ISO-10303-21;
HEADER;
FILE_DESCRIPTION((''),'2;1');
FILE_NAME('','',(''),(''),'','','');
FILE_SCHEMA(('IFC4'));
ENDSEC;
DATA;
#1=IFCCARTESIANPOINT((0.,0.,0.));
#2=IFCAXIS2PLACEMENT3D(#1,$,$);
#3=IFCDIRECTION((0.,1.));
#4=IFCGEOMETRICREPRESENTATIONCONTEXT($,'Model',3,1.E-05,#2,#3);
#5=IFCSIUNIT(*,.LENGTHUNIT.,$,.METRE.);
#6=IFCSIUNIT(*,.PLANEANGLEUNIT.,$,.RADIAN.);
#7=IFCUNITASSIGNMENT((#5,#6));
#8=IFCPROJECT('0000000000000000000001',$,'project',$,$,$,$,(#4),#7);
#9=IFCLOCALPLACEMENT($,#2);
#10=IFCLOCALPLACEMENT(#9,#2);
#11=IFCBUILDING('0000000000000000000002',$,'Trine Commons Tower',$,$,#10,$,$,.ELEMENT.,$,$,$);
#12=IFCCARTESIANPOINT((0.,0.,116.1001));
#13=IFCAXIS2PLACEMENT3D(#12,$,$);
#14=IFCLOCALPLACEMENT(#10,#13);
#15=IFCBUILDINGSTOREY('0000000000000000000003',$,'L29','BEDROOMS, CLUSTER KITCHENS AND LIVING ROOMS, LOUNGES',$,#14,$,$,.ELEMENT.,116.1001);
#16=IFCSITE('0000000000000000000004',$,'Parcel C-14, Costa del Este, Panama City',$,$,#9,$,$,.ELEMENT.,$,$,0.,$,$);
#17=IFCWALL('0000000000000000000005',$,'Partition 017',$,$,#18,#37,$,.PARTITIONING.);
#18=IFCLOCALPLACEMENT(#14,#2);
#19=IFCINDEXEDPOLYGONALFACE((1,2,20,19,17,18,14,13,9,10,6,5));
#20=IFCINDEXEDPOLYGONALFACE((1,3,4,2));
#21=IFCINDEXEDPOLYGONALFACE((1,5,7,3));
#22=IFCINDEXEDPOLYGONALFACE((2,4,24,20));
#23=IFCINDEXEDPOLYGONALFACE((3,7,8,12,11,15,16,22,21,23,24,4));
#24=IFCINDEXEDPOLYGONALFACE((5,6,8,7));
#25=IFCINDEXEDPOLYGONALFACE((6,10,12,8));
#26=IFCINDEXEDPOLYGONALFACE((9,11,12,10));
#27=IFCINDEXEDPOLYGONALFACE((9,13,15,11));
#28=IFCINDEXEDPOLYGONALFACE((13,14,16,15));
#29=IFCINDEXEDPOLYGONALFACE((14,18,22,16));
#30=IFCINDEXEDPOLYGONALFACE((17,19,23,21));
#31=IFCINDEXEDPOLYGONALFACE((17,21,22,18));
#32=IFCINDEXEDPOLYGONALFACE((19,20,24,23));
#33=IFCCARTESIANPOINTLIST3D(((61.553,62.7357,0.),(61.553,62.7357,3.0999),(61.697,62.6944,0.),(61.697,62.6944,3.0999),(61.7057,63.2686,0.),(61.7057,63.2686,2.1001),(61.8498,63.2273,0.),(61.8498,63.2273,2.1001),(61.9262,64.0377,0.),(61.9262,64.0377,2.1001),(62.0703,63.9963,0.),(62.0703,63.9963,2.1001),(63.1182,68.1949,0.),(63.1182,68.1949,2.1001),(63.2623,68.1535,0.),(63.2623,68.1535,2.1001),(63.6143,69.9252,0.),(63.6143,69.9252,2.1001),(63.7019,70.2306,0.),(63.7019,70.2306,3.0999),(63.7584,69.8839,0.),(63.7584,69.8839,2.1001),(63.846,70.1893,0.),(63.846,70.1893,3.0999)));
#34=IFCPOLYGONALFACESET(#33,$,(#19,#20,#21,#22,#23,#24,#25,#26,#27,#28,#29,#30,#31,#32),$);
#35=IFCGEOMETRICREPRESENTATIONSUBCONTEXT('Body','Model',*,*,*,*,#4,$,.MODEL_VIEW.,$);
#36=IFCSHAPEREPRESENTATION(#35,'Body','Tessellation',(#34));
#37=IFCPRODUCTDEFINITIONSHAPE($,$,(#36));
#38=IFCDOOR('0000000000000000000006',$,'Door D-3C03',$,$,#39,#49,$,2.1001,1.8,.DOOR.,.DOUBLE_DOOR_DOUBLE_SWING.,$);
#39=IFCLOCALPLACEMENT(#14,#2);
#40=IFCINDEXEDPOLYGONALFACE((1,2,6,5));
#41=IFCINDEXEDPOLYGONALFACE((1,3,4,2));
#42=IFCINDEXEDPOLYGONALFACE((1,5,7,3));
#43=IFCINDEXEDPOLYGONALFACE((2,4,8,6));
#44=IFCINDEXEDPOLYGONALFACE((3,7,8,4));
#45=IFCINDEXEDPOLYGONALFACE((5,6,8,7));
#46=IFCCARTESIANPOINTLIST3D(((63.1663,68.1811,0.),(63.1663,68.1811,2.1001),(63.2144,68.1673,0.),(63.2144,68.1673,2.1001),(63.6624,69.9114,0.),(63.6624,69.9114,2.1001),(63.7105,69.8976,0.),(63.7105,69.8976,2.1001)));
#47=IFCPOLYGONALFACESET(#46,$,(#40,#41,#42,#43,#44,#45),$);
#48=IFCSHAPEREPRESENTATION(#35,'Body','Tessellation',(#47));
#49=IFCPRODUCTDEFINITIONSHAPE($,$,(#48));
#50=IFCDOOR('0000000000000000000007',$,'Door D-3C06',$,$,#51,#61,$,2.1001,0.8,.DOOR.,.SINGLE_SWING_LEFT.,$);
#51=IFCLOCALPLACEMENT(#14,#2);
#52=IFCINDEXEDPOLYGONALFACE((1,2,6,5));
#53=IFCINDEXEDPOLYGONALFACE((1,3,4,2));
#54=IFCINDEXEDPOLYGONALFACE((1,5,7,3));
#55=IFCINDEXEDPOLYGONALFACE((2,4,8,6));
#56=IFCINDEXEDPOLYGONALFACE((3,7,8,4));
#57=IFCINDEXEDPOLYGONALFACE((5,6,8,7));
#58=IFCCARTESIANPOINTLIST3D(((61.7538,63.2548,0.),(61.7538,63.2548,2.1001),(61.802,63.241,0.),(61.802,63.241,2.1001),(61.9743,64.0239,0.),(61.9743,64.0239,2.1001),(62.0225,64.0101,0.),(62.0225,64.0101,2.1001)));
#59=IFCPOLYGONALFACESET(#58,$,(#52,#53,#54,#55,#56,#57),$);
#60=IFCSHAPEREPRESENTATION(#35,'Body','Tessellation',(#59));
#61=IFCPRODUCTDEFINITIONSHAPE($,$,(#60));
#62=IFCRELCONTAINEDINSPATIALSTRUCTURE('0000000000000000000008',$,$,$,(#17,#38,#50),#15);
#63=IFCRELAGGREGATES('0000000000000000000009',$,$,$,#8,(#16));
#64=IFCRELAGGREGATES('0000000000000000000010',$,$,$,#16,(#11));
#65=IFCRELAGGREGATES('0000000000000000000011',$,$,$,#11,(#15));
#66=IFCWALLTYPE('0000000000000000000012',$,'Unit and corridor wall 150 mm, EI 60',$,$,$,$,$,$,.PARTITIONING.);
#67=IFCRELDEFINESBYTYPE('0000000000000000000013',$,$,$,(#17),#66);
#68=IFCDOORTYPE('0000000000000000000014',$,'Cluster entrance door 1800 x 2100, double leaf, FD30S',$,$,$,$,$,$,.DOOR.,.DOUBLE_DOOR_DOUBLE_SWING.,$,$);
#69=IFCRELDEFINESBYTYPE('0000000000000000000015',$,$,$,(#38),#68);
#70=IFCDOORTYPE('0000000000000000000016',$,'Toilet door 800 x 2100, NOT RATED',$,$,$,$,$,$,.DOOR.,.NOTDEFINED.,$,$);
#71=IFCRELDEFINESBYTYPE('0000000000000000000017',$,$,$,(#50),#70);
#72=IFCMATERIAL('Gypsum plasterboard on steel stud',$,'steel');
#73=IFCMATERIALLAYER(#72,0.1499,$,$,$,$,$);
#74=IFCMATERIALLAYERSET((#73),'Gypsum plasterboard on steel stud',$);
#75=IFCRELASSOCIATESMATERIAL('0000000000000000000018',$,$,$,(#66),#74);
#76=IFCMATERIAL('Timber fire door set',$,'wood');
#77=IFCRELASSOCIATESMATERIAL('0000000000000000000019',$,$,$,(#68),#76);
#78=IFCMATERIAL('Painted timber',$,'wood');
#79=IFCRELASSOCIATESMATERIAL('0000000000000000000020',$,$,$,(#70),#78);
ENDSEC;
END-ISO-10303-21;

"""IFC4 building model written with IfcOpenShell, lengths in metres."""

from ifc_helpers import new_model, si_unit, direction, frame, frame_2d, origin, place, context, subcontext, project, spatial, rectangle, extrude, material, layer, layer_set, type_object, element, fill, save


model = new_model("IFC4")

# Units and contexts
model_context = context("Model", 3, precision=1e-05, world=origin(), true_north=direction((0.0, 1.0)))
body_context = subcontext(model_context, "Body", "Model", "MODEL_VIEW")
ifc_project = project(units=[si_unit("LENGTHUNIT", "METRE"), si_unit("PLANEANGLEUNIT", "RADIAN")], contexts=[model_context])

# Site, building, storey
site_placement = place(None, origin())
site = spatial("IfcSite", under=ifc_project, at=site_placement, Name="Parcel C-14, Costa del Este, Panama City", CompositionType="ELEMENT", RefElevation=0.0)
building_placement = place(site_placement, origin())
building = spatial("IfcBuilding", under=site, at=building_placement, Name="Trine Commons Tower", CompositionType="ELEMENT")
storey_placement = place(building_placement, frame((0.0, 0.0, 116.1001)))
storey = spatial("IfcBuildingStorey", under=building, at=storey_placement, Name="L29", Description="BEDROOMS, CLUSTER KITCHENS AND LIVING ROOMS, LOUNGES", CompositionType="ELEMENT", Elevation=116.1001)

# Shared definitions
ifc_material_1 = material(Name="Gypsum plasterboard on steel stud", Category="steel")
ifc_layer_1 = layer(ifc_material_1, 0.1499)
ifc_layer_set_1 = layer_set([ifc_layer_1], Name="Gypsum plasterboard on steel stud")
wall_type_1 = type_object("IfcWallType", Name="Unit and corridor wall 150 mm, EI 60", PredefinedType="PARTITIONING", material=ifc_layer_set_1)

# Wall, openings, doors
wall_1_placement = place(storey_placement, frame((61.625, 62.7151, 0.0), z_axis=(0.0, 0.0, 1.0), x_axis=(0.275614, 0.961268, 0.0)))
wall_1 = element("IfcWall", 1, at=wall_1_placement, inside=storey, type_object=wall_type_1, Name="Partition 017", PredefinedType="PARTITIONING", context=body_context, shape_type="SweptSolid", body=[
    extrude(rectangle(XDim=7.7969, YDim=0.1499, at=frame_2d((3.8984, 0.0))), origin(), (0.0, 0.0, 1.0), 3.0999),
])
opening_1_placement = place(wall_1_placement, frame((5.6792, 0.0, 0.0)))
opening_1 = element("IfcOpeningElement", 2, at=opening_1_placement, cuts=wall_1, PredefinedType="OPENING", context=body_context, shape_type="SweptSolid", body=[
    extrude(rectangle(XDim=1.8, YDim=2.1001, at=frame_2d((0.8999, 1.05))), frame((0.0, 0.085, 0.0), z_axis=(0.0, -1.0, 0.0), x_axis=(1.0, 0.0, 0.0)), (0.0, 0.0, 1.0), 0.1699),
])
opening_2_placement = place(wall_1_placement, frame((0.5544, 0.0, 0.0)))
opening_2 = element("IfcOpeningElement", 3, at=opening_2_placement, cuts=wall_1, PredefinedType="OPENING", context=body_context, shape_type="SweptSolid", body=[
    extrude(rectangle(XDim=0.8, YDim=2.1001, at=frame_2d((0.3999, 1.05))), frame((0.0, 0.085, 0.0), z_axis=(0.0, -1.0, 0.0), x_axis=(1.0, 0.0, 0.0)), (0.0, 0.0, 1.0), 0.1699),
])
ifc_material_2 = material(Name="Timber fire door set", Category="wood")
door_type_1 = type_object("IfcDoorType", Name="Cluster entrance door 1800 x 2100, double leaf, FD30S", OperationType="DOUBLE_DOOR_DOUBLE_SWING", PredefinedType="DOOR", material=ifc_material_2)
door_1_placement = place(opening_1_placement, origin())
door_1 = element("IfcDoor", 4, at=door_1_placement, inside=storey, type_object=door_type_1, Name="Door D-3C03", OperationType="DOUBLE_DOOR_DOUBLE_SWING", OverallHeight=2.1001, OverallWidth=1.8, PredefinedType="DOOR", context=body_context, shape_type="SweptSolid", body=[
    extrude(rectangle(XDim=1.8, YDim=2.1001, at=frame_2d((0.8999, 1.05))), frame((0.0, 0.0249, 0.0), z_axis=(0.0, -1.0, 0.0), x_axis=(1.0, 0.0, 0.0)), (0.0, 0.0, 1.0), 0.05),
])
fill(opening_1, door_1)
ifc_material_3 = material(Name="Painted timber", Category="wood")
door_type_2 = type_object("IfcDoorType", Name="Toilet door 800 x 2100, NOT RATED", OperationType="NOTDEFINED", PredefinedType="DOOR", material=ifc_material_3)
door_2_placement = place(opening_2_placement, origin())
door_2 = element("IfcDoor", 5, at=door_2_placement, inside=storey, type_object=door_type_2, Name="Door D-3C06", OperationType="SINGLE_SWING_LEFT", OverallHeight=2.1001, OverallWidth=0.8, PredefinedType="DOOR", context=body_context, shape_type="SweptSolid", body=[
    extrude(rectangle(XDim=0.8, YDim=2.1001, at=frame_2d((0.3999, 1.05))), frame((0.0, 0.0249, 0.0), z_axis=(0.0, -1.0, 0.0), x_axis=(1.0, 0.0, 0.0)), (0.0, 0.0, 1.0), 0.05),
])
fill(opening_2, door_2)

save(model, "model.ifc")
